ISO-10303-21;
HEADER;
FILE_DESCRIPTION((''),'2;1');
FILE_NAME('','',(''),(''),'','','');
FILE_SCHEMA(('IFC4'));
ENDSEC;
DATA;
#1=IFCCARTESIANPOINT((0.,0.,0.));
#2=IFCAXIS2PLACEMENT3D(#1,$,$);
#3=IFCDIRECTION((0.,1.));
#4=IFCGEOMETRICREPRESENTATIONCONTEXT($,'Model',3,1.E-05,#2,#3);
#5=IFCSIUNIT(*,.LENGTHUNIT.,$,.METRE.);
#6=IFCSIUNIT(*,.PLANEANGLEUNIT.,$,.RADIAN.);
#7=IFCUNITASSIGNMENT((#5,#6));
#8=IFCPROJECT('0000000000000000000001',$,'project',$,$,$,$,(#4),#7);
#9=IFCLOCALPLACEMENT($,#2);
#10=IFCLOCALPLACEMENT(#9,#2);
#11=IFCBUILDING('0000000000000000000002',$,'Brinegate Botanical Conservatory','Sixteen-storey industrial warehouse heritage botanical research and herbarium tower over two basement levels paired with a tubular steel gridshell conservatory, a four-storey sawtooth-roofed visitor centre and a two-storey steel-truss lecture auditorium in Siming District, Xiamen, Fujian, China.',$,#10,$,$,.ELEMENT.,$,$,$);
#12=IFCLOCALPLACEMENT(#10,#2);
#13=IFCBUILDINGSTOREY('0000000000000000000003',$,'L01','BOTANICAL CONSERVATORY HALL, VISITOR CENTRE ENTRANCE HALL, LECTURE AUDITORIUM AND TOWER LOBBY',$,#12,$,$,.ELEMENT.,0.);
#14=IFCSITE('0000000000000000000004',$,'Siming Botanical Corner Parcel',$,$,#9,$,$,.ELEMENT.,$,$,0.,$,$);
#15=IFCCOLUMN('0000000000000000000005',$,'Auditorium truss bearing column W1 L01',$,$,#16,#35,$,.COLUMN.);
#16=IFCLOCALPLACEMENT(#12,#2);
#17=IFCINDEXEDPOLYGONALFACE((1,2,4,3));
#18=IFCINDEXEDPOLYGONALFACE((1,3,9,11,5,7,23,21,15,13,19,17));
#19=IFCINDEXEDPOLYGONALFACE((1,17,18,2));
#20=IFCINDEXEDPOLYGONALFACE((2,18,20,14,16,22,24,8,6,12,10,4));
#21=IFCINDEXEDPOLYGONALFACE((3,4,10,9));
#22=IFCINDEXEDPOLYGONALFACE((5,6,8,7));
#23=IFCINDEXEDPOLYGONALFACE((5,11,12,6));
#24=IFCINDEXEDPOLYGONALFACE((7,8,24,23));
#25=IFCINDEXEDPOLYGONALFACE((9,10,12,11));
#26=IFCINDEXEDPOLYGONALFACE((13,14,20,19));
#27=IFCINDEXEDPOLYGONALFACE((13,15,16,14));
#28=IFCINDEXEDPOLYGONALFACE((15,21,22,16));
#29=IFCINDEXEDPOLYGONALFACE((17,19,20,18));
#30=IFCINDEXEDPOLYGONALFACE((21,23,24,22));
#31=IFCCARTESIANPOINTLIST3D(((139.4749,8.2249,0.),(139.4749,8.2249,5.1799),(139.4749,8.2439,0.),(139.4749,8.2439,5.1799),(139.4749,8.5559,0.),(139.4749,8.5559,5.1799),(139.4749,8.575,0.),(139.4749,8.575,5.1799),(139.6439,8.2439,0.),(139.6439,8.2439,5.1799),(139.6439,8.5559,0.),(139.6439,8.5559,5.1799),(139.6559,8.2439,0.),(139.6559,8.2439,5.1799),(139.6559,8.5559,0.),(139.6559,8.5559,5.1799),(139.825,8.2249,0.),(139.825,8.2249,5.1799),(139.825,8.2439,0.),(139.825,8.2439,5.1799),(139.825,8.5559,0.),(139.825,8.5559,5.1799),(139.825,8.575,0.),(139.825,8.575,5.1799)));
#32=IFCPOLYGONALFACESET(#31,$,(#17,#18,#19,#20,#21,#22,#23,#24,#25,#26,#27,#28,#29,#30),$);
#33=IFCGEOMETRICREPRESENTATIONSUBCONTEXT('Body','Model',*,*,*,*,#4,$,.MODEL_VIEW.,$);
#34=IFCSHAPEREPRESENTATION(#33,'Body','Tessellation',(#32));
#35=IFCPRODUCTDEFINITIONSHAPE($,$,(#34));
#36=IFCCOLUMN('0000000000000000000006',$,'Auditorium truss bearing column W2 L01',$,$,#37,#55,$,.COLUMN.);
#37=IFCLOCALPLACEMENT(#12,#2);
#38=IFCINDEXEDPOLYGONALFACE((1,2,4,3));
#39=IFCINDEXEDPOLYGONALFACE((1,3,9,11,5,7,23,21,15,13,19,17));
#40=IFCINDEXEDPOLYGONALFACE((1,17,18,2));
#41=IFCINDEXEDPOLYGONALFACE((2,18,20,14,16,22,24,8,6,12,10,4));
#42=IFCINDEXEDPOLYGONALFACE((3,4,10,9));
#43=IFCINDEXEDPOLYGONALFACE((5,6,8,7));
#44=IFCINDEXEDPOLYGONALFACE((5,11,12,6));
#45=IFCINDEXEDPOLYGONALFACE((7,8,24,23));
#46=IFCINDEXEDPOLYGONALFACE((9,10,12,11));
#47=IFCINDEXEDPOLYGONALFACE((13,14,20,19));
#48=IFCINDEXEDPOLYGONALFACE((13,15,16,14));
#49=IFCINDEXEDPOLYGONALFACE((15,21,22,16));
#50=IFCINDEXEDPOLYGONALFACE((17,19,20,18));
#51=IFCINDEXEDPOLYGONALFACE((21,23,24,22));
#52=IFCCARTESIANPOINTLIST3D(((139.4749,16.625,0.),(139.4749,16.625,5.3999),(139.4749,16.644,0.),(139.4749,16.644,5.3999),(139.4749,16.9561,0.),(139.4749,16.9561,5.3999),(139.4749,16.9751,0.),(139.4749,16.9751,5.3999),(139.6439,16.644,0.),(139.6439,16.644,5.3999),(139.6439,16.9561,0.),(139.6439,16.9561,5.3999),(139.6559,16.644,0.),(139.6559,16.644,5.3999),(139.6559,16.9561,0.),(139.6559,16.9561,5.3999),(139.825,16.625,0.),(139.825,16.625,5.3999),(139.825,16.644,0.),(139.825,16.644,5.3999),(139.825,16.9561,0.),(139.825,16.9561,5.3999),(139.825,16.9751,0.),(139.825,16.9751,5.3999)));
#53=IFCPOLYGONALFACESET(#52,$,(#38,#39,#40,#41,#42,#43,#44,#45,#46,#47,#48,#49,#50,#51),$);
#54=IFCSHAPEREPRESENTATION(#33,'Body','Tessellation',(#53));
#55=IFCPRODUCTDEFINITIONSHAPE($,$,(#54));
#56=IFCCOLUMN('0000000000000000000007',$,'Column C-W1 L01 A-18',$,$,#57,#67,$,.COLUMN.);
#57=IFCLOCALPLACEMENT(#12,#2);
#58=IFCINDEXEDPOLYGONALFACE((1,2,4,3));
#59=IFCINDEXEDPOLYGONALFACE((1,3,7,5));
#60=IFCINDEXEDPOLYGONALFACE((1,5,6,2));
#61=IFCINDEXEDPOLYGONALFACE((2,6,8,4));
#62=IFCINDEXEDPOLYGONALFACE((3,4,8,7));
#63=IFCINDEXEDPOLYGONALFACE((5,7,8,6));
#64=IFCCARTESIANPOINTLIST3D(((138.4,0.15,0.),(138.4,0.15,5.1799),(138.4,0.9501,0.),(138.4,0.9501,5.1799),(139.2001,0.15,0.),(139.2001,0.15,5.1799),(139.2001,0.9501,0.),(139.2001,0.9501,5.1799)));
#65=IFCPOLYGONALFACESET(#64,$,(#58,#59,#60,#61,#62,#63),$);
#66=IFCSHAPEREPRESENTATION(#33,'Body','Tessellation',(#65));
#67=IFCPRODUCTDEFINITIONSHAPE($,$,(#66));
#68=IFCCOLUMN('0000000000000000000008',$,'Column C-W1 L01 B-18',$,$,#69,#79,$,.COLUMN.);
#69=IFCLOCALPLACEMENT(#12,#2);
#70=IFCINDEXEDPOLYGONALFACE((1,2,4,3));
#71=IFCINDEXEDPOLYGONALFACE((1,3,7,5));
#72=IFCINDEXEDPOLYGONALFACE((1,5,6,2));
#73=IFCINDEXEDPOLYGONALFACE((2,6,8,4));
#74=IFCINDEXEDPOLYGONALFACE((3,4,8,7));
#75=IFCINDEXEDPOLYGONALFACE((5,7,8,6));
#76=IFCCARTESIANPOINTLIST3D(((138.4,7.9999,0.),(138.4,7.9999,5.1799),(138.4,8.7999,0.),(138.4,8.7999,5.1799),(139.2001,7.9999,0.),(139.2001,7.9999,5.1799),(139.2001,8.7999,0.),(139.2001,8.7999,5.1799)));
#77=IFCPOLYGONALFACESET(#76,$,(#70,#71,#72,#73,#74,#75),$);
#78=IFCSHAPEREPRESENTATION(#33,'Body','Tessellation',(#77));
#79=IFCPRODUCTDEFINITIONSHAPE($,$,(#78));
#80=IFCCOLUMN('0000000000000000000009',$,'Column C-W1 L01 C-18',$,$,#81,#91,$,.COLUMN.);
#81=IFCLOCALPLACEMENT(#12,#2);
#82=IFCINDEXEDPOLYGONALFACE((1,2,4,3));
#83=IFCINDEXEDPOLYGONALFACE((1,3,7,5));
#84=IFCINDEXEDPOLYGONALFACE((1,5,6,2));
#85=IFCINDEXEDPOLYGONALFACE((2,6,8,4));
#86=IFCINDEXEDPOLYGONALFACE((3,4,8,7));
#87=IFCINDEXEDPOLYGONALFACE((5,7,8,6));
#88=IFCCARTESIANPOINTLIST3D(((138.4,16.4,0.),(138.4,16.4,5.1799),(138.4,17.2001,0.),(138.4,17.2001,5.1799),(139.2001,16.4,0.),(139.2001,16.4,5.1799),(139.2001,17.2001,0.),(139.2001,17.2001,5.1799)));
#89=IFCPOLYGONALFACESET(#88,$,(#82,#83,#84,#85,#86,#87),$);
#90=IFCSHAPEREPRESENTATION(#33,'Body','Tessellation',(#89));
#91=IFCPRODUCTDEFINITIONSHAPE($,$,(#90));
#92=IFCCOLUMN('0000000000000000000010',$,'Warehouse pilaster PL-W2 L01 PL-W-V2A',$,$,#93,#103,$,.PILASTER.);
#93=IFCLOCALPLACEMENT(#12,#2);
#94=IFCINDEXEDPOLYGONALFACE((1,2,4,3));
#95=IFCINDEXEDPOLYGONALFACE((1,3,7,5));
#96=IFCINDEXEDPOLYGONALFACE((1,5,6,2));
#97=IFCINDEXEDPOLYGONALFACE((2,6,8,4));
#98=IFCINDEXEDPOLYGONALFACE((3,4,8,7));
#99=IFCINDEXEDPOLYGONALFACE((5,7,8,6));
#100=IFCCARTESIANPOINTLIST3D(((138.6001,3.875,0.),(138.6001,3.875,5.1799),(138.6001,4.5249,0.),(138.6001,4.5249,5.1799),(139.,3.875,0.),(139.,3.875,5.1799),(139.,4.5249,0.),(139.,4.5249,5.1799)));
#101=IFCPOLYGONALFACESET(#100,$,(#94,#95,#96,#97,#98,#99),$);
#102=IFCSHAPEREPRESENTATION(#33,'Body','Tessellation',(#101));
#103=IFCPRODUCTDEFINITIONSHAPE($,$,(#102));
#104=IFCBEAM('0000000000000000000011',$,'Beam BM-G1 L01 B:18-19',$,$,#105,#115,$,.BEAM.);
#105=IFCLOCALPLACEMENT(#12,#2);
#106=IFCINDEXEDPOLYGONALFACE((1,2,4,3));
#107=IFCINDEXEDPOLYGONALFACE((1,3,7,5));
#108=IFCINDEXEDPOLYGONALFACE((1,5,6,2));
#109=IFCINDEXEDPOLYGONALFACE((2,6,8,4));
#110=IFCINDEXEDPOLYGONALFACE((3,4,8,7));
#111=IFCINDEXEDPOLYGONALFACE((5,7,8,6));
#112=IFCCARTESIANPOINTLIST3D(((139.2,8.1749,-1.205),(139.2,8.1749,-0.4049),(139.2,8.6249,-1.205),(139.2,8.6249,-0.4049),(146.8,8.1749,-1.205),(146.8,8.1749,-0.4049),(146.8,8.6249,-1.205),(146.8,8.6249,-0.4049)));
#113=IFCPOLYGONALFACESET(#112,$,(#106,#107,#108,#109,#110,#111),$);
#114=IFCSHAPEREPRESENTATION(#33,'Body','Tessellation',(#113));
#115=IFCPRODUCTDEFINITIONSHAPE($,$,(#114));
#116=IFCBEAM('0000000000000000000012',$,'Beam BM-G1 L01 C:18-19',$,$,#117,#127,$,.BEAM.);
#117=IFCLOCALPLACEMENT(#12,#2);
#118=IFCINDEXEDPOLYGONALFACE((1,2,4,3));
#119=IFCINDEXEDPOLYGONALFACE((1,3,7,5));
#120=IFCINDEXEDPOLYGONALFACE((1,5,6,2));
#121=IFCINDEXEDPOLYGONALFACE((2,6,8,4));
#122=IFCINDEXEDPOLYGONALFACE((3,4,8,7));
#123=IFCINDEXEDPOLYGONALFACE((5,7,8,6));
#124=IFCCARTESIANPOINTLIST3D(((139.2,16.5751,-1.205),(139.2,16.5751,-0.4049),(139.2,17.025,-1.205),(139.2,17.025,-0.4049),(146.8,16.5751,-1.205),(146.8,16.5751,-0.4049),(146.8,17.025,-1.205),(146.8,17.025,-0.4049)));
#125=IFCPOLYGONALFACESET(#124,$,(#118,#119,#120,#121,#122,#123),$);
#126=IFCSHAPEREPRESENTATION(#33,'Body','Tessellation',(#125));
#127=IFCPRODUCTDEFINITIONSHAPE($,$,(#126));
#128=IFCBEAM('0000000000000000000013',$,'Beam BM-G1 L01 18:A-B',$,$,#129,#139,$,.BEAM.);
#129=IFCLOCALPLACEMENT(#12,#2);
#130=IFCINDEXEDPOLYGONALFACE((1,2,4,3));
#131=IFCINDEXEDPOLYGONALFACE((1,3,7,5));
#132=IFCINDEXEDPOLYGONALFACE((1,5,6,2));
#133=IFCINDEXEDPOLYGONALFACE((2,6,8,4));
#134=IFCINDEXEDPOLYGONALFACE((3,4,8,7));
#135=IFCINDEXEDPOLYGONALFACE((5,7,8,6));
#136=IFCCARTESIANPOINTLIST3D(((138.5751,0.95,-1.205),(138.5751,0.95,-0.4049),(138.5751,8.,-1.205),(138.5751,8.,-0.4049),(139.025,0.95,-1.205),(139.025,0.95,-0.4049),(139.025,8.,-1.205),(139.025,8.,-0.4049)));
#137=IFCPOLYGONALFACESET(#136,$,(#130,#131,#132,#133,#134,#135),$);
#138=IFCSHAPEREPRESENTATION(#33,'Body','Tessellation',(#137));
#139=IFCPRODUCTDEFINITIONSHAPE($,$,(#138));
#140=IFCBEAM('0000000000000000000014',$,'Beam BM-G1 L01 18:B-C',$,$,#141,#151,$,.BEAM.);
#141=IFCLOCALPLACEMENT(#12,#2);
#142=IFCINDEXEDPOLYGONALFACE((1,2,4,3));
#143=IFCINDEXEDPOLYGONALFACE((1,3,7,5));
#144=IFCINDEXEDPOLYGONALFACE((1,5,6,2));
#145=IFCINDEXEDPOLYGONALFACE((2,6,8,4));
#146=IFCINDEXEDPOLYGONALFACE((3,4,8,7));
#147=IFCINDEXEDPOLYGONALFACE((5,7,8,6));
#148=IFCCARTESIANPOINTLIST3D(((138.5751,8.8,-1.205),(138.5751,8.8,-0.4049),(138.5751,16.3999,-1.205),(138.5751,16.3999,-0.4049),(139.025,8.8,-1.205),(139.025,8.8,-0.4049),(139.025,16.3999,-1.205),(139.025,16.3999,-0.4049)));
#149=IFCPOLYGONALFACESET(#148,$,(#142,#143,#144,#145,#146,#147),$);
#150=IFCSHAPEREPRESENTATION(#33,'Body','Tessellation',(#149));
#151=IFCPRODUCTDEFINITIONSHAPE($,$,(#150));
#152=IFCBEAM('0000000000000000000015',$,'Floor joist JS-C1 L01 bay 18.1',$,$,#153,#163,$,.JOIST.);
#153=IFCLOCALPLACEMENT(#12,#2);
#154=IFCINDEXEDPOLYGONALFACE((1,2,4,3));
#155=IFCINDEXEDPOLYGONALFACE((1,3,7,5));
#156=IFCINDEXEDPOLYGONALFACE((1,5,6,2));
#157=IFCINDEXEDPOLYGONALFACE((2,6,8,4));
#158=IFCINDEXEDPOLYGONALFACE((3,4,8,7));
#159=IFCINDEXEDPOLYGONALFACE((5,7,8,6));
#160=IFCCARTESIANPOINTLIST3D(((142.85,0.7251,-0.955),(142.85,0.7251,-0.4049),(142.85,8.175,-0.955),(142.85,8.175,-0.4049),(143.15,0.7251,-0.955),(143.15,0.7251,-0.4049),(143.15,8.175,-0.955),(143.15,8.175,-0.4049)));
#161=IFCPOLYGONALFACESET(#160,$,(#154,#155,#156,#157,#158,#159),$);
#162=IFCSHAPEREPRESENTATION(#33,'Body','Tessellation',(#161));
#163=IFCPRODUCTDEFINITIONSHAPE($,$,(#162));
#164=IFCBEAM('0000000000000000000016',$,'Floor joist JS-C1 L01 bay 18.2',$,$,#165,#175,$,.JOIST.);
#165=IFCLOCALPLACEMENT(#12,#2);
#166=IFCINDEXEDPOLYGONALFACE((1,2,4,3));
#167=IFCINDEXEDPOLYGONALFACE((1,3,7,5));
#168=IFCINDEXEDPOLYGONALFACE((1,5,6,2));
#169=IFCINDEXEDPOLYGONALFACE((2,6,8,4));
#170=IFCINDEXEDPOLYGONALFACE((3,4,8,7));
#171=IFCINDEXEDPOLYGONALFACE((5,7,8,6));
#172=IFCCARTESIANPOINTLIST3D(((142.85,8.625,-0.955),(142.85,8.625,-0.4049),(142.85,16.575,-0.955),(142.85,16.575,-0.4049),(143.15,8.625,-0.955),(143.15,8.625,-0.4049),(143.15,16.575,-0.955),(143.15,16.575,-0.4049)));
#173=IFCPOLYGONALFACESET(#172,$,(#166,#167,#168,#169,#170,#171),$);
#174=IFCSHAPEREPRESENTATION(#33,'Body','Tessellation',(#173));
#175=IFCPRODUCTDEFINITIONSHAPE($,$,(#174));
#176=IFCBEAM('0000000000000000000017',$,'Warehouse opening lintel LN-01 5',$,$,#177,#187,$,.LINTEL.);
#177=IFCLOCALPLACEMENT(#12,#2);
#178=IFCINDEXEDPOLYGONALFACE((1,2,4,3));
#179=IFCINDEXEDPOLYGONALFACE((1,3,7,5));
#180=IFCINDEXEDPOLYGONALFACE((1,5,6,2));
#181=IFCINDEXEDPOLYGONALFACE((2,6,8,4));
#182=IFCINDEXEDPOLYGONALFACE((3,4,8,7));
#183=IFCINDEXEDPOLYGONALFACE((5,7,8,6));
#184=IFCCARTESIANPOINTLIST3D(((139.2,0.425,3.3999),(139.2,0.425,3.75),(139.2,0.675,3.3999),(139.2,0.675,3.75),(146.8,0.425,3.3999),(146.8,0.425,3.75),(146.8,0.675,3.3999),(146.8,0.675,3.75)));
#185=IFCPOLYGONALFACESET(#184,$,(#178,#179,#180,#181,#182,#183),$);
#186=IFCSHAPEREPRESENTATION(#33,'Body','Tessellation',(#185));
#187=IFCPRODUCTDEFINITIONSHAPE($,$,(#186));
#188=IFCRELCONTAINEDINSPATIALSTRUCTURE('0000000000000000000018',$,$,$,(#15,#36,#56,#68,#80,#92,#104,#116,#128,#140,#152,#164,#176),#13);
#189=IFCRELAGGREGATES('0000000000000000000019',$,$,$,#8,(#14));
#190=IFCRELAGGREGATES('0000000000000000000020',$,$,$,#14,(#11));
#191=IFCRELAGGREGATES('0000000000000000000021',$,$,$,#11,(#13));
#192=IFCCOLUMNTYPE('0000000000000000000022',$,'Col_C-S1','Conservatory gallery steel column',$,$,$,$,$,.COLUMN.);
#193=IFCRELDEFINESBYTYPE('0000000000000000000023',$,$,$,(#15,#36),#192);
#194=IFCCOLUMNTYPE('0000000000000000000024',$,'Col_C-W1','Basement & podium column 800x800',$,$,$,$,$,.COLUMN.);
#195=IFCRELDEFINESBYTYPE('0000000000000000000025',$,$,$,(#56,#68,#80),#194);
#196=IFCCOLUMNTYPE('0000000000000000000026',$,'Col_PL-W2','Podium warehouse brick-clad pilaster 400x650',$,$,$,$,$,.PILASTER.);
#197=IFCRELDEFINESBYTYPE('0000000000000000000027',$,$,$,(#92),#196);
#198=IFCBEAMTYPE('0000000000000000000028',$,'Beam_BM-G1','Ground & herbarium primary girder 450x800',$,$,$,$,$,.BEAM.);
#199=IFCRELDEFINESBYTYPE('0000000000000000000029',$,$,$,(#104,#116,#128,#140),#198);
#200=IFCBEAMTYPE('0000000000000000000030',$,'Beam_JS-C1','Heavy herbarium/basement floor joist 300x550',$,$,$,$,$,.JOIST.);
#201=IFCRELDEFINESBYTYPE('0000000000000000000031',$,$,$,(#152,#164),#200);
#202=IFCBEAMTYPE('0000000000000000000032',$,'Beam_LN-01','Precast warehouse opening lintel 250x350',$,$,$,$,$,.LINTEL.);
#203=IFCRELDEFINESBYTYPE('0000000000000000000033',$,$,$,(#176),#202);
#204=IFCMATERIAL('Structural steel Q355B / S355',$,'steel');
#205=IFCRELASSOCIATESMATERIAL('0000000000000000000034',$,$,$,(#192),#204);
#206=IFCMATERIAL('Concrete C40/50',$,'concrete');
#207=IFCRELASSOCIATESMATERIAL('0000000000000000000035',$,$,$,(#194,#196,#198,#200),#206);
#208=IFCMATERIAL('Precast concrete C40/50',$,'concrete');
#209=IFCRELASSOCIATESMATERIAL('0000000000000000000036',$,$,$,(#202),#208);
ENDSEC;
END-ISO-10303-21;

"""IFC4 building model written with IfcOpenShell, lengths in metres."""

from ifc_helpers import new_model, si_unit, direction, frame, origin, origin_2d, place, context, subcontext, project, spatial, rectangle, i_section, extrude, material, material_profile, profile_set, type_object, element, save


model = new_model("IFC4")

# Units and contexts
model_context = context("Model", 3, precision=1e-05, world=origin(), true_north=direction((0.0, 1.0)))
body_context = subcontext(model_context, "Body", "Model", "MODEL_VIEW")
ifc_project = project(units=[si_unit("LENGTHUNIT", "METRE"), si_unit("PLANEANGLEUNIT", "RADIAN")], contexts=[model_context])

# Site, building, storey
site_placement = place(None, origin())
site = spatial("IfcSite", under=ifc_project, at=site_placement, Name="Siming Botanical Corner Parcel", CompositionType="ELEMENT", RefElevation=0.0)
building_placement = place(site_placement, origin())
building = spatial("IfcBuilding", under=site, at=building_placement, Name="Brinegate Botanical Conservatory", Description="Sixteen-storey industrial warehouse heritage botanical research and herbarium tower over two basement levels paired with a tubular steel gridshell conservatory, a four-storey sawtooth-roofed visitor centre and a two-storey steel-truss lecture auditorium in Siming District, Xiamen, Fujian, China.", CompositionType="ELEMENT")
storey_placement = place(building_placement, origin())
storey = spatial("IfcBuildingStorey", under=building, at=storey_placement, Name="L01", Description="BOTANICAL CONSERVATORY HALL, VISITOR CENTRE ENTRANCE HALL, LECTURE AUDITORIUM AND TOWER LOBBY", CompositionType="ELEMENT", Elevation=0.0)

# Columns
ifc_material_1 = material(Name="Structural steel Q355B / S355", Category="steel")
ifc_material_profile_1 = material_profile(ifc_material_1, i_section(OverallWidth=0.3501, OverallDepth=0.3501, WebThickness=0.012, FlangeThickness=0.019, at=origin_2d()), Name="HW 350x350x12x19")
ifc_profile_set_1 = profile_set([ifc_material_profile_1], Name="Structural steel Q355B / S355")
column_type_1 = type_object("IfcColumnType", Name="Col_C-S1", Description="Conservatory gallery steel column", PredefinedType="COLUMN", material=ifc_profile_set_1)
column_1_placement = place(storey_placement, frame((139.6499, 8.3999, 0.0), z_axis=(0.0, 0.0, 1.0), x_axis=(1.0, 0.0, 0.0)))
element("IfcColumn", 1, at=column_1_placement, inside=storey, type_object=column_type_1, Name="Auditorium truss bearing column W1 L01", PredefinedType="COLUMN", context=body_context, shape_type="SweptSolid", body=[
    extrude(i_section(OverallWidth=0.3501, OverallDepth=0.3501, WebThickness=0.012, FlangeThickness=0.019, at=origin_2d()), origin(), (0.0, 0.0, 1.0), 5.1799),
])
column_2_placement = place(storey_placement, frame((139.6499, 16.8, 0.0), z_axis=(0.0, 0.0, 1.0), x_axis=(1.0, 0.0, 0.0)))
element("IfcColumn", 2, at=column_2_placement, inside=storey, type_object=column_type_1, Name="Auditorium truss bearing column W2 L01", PredefinedType="COLUMN", context=body_context, shape_type="SweptSolid", body=[
    extrude(i_section(OverallWidth=0.3501, OverallDepth=0.3501, WebThickness=0.012, FlangeThickness=0.019, at=origin_2d()), origin(), (0.0, 0.0, 1.0), 5.3999),
])
ifc_material_2 = material(Name="Concrete C40/50", Category="concrete")
ifc_material_profile_2 = material_profile(ifc_material_2, rectangle(XDim=0.8, YDim=0.8, at=origin_2d()), Name="RC COL 800x800")
ifc_profile_set_2 = profile_set([ifc_material_profile_2], Name="Concrete C40/50")
column_type_2 = type_object("IfcColumnType", Name="Col_C-W1", Description="Basement & podium column 800x800", PredefinedType="COLUMN", material=ifc_profile_set_2)
for number, where, z_axis, x_axis, name in (
    (3, (138.8, 0.55, 0.0), (0.0, 0.0, 1.0), (1.0, 0.0, 0.0), "Column C-W1 L01 A-18"),
    (4, (138.8, 8.3999, 0.0), (0.0, 0.0, 1.0), (1.0, 0.0, 0.0), "Column C-W1 L01 B-18"),
    (5, (138.8, 16.8, 0.0), (0.0, 0.0, 1.0), (1.0, 0.0, 0.0), "Column C-W1 L01 C-18"),
):
    element("IfcColumn", number, at=place(storey_placement, frame(where, z_axis=z_axis, x_axis=x_axis)), inside=storey, type_object=column_type_2, Name=name, PredefinedType="COLUMN", context=body_context, shape_type="SweptSolid", body=[
        extrude(rectangle(XDim=0.8, YDim=0.8, at=origin_2d()), origin(), (0.0, 0.0, 1.0), 5.1799),
    ])
ifc_material_profile_3 = material_profile(ifc_material_2, rectangle(XDim=0.3999, YDim=0.6499, at=origin_2d()), Name="RC PILASTER 400x650")
ifc_profile_set_3 = profile_set([ifc_material_profile_3], Name="Concrete C40/50")
column_type_3 = type_object("IfcColumnType", Name="Col_PL-W2", Description="Podium warehouse brick-clad pilaster 400x650", PredefinedType="PILASTER", material=ifc_profile_set_3)
column_3_placement = place(storey_placement, frame((138.8, 4.2, 0.0), z_axis=(0.0, 0.0, 1.0), x_axis=(1.0, 0.0, 0.0)))
element("IfcColumn", 6, at=column_3_placement, inside=storey, type_object=column_type_3, Name="Warehouse pilaster PL-W2 L01 PL-W-V2A", PredefinedType="PILASTER", context=body_context, shape_type="SweptSolid", body=[
    extrude(rectangle(XDim=0.3999, YDim=0.6499, at=origin_2d()), origin(), (0.0, 0.0, 1.0), 5.1799),
])

# Beams
ifc_material_profile_4 = material_profile(ifc_material_2, rectangle(XDim=0.45, YDim=0.8, at=origin_2d()), Name="RC BM 450x800")
ifc_profile_set_4 = profile_set([ifc_material_profile_4], Name="Concrete C40/50")
beam_type_1 = type_object("IfcBeamType", Name="Beam_BM-G1", Description="Ground & herbarium primary girder 450x800", PredefinedType="BEAM", material=ifc_profile_set_4)
for number, where, z_axis, x_axis, name in (
    (7, (139.2, 8.3999, -0.8049), (1.0, 0.0, 0.0), (0.0, 1.0, 0.0), "Beam BM-G1 L01 B:18-19"),
    (8, (139.2, 16.8, -0.8049), (1.0, 0.0, 0.0), (0.0, 1.0, 0.0), "Beam BM-G1 L01 C:18-19"),
):
    element("IfcBeam", number, at=place(storey_placement, frame(where, z_axis=z_axis, x_axis=x_axis)), inside=storey, type_object=beam_type_1, Name=name, PredefinedType="BEAM", context=body_context, shape_type="SweptSolid", body=[
        extrude(rectangle(XDim=0.45, YDim=0.8, at=origin_2d()), origin(), (0.0, 0.0, 1.0), 7.6001),
    ])
beam_1_placement = place(storey_placement, frame((138.8, 0.95, -0.8049), z_axis=(0.0, 1.0, 0.0), x_axis=(-1.0, 0.0, 0.0)))
element("IfcBeam", 9, at=beam_1_placement, inside=storey, type_object=beam_type_1, Name="Beam BM-G1 L01 18:A-B", PredefinedType="BEAM", context=body_context, shape_type="SweptSolid", body=[
    extrude(rectangle(XDim=0.45, YDim=0.8, at=origin_2d()), origin(), (0.0, 0.0, 1.0), 7.05),
])
beam_2_placement = place(storey_placement, frame((138.8, 8.8, -0.8049), z_axis=(0.0, 1.0, 0.0), x_axis=(-1.0, 0.0, 0.0)))
element("IfcBeam", 10, at=beam_2_placement, inside=storey, type_object=beam_type_1, Name="Beam BM-G1 L01 18:B-C", PredefinedType="BEAM", context=body_context, shape_type="SweptSolid", body=[
    extrude(rectangle(XDim=0.45, YDim=0.8, at=origin_2d()), origin(), (0.0, 0.0, 1.0), 7.5999),
])
ifc_material_profile_5 = material_profile(ifc_material_2, rectangle(XDim=0.3, YDim=0.55, at=origin_2d()), Name="RC JST 300x550")
ifc_profile_set_5 = profile_set([ifc_material_profile_5], Name="Concrete C40/50")
beam_type_2 = type_object("IfcBeamType", Name="Beam_JS-C1", Description="Heavy herbarium/basement floor joist 300x550", PredefinedType="JOIST", material=ifc_profile_set_5)
beam_3_placement = place(storey_placement, frame((143.0, 0.7251, -0.6799), z_axis=(0.0, 1.0, 0.0), x_axis=(-1.0, 0.0, 0.0)))
element("IfcBeam", 11, at=beam_3_placement, inside=storey, type_object=beam_type_2, Name="Floor joist JS-C1 L01 bay 18.1", PredefinedType="JOIST", context=body_context, shape_type="SweptSolid", body=[
    extrude(rectangle(XDim=0.3, YDim=0.55, at=origin_2d()), origin(), (0.0, 0.0, 1.0), 7.45),
])
beam_4_placement = place(storey_placement, frame((143.0, 8.625, -0.6799), z_axis=(0.0, 1.0, 0.0), x_axis=(-1.0, 0.0, 0.0)))
element("IfcBeam", 12, at=beam_4_placement, inside=storey, type_object=beam_type_2, Name="Floor joist JS-C1 L01 bay 18.2", PredefinedType="JOIST", context=body_context, shape_type="SweptSolid", body=[
    extrude(rectangle(XDim=0.3, YDim=0.55, at=origin_2d()), origin(), (0.0, 0.0, 1.0), 7.95),
])
ifc_material_3 = material(Name="Precast concrete C40/50", Category="concrete")
ifc_material_profile_6 = material_profile(ifc_material_3, rectangle(XDim=0.25, YDim=0.3501, at=origin_2d()), Name="RC LNT 250x350")
ifc_profile_set_6 = profile_set([ifc_material_profile_6], Name="Precast concrete C40/50")
beam_type_3 = type_object("IfcBeamType", Name="Beam_LN-01", Description="Precast warehouse opening lintel 250x350", PredefinedType="LINTEL", material=ifc_profile_set_6)
beam_5_placement = place(storey_placement, frame((139.2, 0.55, 3.575), z_axis=(1.0, 0.0, 0.0), x_axis=(0.0, 1.0, 0.0)))
element("IfcBeam", 13, at=beam_5_placement, inside=storey, type_object=beam_type_3, Name="Warehouse opening lintel LN-01 5", PredefinedType="LINTEL", context=body_context, shape_type="SweptSolid", body=[
    extrude(rectangle(XDim=0.25, YDim=0.3501, at=origin_2d()), origin(), (0.0, 0.0, 1.0), 7.6001),
])

save(model, "model.ifc")
